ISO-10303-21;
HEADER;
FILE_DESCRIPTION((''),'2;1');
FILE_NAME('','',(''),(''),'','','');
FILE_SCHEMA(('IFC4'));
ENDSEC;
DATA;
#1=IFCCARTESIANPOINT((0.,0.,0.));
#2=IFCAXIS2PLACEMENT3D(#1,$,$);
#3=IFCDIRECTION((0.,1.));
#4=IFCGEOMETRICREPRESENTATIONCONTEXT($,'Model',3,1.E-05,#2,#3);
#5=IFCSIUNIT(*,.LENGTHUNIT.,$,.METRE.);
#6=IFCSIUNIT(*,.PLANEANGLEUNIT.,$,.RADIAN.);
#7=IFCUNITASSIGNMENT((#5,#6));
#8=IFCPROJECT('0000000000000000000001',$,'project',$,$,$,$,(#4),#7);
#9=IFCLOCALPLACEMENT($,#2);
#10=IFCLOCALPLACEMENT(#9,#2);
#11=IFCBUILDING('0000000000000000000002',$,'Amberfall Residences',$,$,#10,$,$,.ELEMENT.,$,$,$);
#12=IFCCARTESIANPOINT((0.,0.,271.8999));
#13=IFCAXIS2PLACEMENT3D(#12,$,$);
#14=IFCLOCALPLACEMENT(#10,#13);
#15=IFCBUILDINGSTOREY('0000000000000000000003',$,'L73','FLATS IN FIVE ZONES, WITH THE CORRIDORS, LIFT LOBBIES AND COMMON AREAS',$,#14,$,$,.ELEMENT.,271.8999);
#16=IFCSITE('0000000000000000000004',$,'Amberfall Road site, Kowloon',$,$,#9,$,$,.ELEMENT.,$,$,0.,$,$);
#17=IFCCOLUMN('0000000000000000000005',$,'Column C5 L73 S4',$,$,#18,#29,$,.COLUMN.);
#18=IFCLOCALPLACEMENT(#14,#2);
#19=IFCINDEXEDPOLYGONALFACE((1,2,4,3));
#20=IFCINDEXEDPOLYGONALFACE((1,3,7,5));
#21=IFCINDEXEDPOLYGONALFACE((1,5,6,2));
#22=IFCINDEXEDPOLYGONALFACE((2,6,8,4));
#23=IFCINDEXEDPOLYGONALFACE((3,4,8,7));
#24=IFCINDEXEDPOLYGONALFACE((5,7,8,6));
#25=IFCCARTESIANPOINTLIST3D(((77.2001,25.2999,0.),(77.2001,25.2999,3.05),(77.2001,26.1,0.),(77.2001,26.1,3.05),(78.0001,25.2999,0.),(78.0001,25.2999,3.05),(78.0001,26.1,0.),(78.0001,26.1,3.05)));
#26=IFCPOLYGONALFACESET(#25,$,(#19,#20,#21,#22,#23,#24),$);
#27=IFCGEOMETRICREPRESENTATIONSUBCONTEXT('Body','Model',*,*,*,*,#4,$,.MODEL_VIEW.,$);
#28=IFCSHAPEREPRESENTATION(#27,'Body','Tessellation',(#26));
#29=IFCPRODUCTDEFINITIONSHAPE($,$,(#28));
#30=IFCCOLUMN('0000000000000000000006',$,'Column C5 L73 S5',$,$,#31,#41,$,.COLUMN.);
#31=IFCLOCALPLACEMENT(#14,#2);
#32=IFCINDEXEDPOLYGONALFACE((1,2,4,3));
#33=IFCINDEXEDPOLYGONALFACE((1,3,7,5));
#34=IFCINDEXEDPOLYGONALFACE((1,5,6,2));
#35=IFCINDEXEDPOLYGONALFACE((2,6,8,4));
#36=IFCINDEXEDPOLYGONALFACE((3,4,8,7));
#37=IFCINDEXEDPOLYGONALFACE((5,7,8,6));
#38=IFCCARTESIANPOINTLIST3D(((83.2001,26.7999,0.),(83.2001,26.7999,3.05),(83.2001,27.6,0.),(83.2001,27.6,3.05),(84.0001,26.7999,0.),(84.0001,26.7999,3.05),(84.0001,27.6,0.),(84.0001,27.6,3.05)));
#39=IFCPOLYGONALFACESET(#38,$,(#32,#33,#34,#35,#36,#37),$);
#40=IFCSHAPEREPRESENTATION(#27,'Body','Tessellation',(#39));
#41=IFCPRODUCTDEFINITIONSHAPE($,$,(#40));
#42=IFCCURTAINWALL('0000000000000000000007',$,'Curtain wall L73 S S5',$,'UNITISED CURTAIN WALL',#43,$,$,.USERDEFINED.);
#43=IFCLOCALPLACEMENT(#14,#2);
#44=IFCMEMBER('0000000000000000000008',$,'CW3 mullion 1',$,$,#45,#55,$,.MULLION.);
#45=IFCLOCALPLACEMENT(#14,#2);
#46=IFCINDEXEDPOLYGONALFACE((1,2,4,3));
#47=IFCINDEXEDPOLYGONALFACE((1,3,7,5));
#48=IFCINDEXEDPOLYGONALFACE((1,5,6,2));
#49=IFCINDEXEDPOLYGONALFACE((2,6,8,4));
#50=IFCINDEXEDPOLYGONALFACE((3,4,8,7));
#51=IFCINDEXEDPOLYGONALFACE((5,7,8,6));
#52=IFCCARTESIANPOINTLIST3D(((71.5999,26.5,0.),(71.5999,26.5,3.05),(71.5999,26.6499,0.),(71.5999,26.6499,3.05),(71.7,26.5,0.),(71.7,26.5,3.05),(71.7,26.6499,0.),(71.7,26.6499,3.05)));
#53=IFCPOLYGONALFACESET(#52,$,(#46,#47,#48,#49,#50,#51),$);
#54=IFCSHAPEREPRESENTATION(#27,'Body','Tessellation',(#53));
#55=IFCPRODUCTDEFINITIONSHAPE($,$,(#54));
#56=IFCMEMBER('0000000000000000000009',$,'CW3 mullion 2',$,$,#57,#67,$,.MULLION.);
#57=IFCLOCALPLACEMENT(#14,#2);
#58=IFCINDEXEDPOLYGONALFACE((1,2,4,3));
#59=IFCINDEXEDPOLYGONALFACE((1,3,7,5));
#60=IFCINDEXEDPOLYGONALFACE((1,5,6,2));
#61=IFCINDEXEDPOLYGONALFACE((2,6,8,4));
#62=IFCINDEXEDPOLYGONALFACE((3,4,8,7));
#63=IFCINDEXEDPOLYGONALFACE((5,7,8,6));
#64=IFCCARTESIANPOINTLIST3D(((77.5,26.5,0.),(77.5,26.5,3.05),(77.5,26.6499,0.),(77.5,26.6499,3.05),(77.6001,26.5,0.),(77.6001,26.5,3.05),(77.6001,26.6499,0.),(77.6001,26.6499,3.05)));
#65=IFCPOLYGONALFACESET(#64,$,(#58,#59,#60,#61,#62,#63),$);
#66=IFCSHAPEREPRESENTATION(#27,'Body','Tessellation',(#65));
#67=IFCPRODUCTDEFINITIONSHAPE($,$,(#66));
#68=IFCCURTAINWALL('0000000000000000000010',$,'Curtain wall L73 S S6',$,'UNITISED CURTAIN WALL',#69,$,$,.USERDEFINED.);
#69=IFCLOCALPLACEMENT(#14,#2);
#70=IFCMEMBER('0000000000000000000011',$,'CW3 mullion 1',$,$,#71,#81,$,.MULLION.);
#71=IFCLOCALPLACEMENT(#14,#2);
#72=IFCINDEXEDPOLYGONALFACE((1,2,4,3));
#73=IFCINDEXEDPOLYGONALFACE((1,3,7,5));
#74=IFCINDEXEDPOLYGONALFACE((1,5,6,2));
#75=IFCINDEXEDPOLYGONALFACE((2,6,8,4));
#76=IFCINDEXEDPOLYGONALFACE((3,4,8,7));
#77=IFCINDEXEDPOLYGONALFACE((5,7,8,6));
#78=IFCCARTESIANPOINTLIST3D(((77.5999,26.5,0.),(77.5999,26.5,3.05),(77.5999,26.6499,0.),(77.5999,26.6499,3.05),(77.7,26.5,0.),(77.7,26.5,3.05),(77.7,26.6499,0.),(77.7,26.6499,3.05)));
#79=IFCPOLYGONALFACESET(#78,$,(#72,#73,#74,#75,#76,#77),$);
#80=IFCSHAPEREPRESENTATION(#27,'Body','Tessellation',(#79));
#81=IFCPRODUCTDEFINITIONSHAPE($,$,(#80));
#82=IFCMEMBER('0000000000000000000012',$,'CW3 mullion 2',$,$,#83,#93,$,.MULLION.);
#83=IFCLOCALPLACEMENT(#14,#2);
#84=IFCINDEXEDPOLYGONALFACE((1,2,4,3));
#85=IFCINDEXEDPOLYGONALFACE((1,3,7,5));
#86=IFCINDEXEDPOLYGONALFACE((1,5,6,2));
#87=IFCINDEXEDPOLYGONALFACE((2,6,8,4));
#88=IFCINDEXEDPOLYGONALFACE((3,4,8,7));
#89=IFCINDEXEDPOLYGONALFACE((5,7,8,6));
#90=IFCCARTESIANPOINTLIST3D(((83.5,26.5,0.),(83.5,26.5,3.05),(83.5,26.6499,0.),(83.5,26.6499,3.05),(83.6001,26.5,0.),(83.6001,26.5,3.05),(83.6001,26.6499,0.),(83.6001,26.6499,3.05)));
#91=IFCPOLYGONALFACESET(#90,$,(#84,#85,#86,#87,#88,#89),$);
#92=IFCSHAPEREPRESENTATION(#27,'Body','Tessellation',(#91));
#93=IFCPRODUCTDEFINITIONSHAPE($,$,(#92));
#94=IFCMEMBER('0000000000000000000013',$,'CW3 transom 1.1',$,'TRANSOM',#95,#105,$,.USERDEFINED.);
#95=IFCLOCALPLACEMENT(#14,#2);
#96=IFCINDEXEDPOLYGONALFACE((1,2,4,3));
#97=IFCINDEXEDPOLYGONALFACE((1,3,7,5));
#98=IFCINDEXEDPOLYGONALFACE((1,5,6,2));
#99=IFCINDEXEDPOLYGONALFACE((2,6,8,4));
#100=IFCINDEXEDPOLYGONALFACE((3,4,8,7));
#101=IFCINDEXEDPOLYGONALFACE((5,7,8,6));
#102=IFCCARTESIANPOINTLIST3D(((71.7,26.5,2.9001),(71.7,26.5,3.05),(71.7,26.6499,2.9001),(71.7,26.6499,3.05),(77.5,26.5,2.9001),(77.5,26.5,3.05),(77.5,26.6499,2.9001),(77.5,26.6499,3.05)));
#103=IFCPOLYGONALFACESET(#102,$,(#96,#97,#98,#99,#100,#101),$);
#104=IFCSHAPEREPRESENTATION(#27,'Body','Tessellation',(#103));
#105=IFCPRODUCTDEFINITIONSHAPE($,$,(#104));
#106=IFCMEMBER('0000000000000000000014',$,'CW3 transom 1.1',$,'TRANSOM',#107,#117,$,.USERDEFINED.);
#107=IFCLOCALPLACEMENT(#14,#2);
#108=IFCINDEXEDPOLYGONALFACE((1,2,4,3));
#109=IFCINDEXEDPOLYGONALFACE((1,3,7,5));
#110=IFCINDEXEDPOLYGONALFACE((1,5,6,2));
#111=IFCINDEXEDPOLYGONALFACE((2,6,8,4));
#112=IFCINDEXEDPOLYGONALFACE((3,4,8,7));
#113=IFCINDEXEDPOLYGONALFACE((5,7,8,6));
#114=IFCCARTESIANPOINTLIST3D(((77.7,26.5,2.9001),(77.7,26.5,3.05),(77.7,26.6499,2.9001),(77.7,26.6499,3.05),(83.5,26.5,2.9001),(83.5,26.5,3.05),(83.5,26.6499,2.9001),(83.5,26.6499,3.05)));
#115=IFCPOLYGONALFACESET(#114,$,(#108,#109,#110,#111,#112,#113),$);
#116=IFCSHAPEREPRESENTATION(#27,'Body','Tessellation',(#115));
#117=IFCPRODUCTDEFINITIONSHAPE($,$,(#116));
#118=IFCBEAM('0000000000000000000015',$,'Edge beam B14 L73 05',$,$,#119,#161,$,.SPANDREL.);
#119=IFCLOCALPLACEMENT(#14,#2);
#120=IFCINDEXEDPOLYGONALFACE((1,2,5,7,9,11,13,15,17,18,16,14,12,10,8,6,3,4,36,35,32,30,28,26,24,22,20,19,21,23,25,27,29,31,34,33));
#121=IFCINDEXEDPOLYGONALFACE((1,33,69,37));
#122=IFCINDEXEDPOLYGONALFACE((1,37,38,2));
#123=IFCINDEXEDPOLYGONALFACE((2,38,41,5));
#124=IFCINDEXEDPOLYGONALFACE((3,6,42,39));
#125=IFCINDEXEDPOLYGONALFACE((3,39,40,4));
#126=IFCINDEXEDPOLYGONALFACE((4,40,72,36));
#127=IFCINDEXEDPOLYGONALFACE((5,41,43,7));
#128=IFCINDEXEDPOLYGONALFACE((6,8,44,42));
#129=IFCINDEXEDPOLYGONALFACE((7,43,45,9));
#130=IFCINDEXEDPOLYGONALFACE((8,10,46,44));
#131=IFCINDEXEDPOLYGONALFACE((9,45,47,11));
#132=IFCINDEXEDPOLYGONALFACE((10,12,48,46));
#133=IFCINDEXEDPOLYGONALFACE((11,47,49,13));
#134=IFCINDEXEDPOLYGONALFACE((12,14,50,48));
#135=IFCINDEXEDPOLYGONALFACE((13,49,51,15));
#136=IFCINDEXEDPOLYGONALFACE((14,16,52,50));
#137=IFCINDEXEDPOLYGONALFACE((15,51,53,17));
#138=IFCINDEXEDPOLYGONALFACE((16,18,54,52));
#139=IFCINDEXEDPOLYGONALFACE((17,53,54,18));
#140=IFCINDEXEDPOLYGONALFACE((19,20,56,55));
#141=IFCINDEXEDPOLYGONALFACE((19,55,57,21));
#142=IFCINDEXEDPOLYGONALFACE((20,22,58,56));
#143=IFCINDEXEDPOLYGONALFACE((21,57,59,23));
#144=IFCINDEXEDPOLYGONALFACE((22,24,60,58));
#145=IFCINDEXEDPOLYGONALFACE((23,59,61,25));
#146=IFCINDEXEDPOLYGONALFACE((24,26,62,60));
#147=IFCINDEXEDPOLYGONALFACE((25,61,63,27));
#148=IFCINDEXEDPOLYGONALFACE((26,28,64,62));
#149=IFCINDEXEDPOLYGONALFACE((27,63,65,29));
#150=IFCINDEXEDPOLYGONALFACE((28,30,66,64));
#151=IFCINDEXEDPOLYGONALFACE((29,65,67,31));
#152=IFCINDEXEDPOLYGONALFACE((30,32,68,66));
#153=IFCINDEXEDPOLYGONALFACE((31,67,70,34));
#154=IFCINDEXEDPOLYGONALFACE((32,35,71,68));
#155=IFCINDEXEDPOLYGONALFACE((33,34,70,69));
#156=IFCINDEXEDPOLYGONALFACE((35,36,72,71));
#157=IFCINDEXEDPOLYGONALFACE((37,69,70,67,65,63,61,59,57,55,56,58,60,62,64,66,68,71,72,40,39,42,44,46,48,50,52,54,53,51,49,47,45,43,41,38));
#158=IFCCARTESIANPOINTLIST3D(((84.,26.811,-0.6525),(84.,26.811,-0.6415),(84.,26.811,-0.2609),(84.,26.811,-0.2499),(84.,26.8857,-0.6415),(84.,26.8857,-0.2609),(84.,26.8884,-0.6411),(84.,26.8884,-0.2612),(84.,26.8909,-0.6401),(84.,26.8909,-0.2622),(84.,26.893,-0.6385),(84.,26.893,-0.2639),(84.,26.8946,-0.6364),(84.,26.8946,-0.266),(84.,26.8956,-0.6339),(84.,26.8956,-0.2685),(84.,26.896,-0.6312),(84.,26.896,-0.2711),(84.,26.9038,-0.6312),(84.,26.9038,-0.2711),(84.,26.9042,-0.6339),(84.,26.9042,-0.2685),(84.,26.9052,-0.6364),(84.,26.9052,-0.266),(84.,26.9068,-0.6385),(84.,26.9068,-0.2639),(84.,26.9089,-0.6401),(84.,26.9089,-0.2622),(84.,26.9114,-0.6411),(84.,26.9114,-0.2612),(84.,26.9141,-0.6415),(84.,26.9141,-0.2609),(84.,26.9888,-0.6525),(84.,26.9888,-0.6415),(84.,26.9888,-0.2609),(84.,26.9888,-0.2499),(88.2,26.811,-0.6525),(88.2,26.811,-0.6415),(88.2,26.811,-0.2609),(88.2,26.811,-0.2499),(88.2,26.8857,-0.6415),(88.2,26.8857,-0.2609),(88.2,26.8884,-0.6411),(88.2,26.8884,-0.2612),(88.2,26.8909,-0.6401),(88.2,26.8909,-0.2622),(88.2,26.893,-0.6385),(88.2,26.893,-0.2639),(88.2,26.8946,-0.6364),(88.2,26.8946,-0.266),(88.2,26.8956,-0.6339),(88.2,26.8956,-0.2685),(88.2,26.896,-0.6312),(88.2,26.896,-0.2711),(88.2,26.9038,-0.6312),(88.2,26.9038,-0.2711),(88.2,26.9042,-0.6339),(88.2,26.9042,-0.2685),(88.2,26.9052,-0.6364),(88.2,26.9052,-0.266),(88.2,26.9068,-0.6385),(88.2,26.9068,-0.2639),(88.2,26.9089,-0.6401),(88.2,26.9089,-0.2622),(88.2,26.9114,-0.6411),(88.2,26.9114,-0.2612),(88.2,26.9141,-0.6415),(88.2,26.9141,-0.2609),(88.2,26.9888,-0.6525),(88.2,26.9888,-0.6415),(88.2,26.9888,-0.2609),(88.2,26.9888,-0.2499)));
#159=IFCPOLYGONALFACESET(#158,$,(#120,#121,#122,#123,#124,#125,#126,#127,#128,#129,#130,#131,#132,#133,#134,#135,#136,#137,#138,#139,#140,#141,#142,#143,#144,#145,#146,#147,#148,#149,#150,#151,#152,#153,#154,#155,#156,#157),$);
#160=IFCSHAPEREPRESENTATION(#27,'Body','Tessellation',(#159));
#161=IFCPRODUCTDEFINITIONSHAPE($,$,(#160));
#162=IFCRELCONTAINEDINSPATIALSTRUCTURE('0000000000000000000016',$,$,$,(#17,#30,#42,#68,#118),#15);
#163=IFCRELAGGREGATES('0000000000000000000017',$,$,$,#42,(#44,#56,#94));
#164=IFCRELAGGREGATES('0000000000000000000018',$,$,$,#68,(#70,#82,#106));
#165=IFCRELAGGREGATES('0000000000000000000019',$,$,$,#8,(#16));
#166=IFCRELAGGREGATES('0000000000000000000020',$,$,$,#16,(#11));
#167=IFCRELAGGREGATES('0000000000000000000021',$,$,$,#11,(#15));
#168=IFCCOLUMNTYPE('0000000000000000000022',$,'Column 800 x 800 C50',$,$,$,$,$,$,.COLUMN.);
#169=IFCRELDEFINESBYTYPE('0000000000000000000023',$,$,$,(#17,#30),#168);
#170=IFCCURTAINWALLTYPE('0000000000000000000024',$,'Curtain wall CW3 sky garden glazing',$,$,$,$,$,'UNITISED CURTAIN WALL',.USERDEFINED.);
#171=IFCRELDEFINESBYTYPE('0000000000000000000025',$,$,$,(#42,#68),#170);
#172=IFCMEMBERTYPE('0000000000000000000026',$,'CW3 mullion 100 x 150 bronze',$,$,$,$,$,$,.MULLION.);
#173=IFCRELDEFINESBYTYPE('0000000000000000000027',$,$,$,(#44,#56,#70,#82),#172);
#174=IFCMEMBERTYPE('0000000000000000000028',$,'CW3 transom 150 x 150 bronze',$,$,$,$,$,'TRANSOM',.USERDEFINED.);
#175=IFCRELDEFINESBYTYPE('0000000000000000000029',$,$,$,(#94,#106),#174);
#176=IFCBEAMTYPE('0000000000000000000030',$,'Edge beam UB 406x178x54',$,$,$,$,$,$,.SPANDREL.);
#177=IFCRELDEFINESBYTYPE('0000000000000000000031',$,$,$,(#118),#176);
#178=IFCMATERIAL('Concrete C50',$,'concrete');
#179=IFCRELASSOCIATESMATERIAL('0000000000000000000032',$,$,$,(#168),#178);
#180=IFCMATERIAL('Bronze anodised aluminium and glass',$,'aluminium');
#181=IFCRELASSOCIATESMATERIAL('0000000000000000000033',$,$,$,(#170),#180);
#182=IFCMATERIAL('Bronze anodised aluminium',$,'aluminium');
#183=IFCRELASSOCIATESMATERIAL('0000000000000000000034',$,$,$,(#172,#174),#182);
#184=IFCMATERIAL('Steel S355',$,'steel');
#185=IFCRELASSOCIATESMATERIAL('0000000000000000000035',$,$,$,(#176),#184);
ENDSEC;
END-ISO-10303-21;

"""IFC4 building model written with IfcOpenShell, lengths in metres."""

from ifc_helpers import new_model, si_unit, direction, frame, origin, origin_2d, place, context, subcontext, project, spatial, rectangle, i_section, extrude, material, material_profile, profile_set, type_object, element, aggregate, save


model = new_model("IFC4")

# Units and contexts
model_context = context("Model", 3, precision=1e-05, world=origin(), true_north=direction((0.0, 1.0)))
body_context = subcontext(model_context, "Body", "Model", "MODEL_VIEW")
ifc_project = project(units=[si_unit("LENGTHUNIT", "METRE"), si_unit("PLANEANGLEUNIT", "RADIAN")], contexts=[model_context])

# Site, building, storey
site_placement = place(None, origin())
site = spatial("IfcSite", under=ifc_project, at=site_placement, Name="Amberfall Road site, Kowloon", CompositionType="ELEMENT", RefElevation=0.0)
building_placement = place(site_placement, origin())
building = spatial("IfcBuilding", under=site, at=building_placement, Name="Amberfall Residences", CompositionType="ELEMENT")
storey_placement = place(building_placement, frame((0.0, 0.0, 271.8999)))
storey = spatial("IfcBuildingStorey", under=building, at=storey_placement, Name="L73", Description="FLATS IN FIVE ZONES, WITH THE CORRIDORS, LIFT LOBBIES AND COMMON AREAS", CompositionType="ELEMENT", Elevation=271.8999)

# Columns
ifc_material_1 = material(Name="Concrete C50", Category="concrete")
ifc_material_profile_1 = material_profile(ifc_material_1, rectangle(XDim=0.8, YDim=0.8, at=origin_2d()), Name="Column 800 x 800 C50")
ifc_profile_set_1 = profile_set([ifc_material_profile_1], Name="Concrete C50")
column_type = type_object("IfcColumnType", Name="Column 800 x 800 C50", PredefinedType="COLUMN", material=ifc_profile_set_1)
for number, where, z_axis, x_axis, name in (
    (1, (77.6001, 25.7, 0.0), (0.0, 0.0, 1.0), (1.0, 0.0, 0.0), "Column C5 L73 S4"),
    (2, (83.6001, 27.2, 0.0), (0.0, 0.0, 1.0), (1.0, 0.0, 0.0), "Column C5 L73 S5"),
):
    element("IfcColumn", number, at=place(storey_placement, frame(where, z_axis=z_axis, x_axis=x_axis)), inside=storey, type_object=column_type, Name=name, PredefinedType="COLUMN", context=body_context, shape_type="SweptSolid", body=[
        extrude(rectangle(XDim=0.8, YDim=0.8, at=origin_2d()), origin(), (0.0, 0.0, 1.0), 3.05),
    ])

# Curtain walls, members
ifc_material_2 = material(Name="Bronze anodised aluminium and glass", Category="aluminium")
curtain_wall_type = type_object("IfcCurtainWallType", Name="Curtain wall CW3 sky garden glazing", ElementType="UNITISED CURTAIN WALL", PredefinedType="USERDEFINED", material=ifc_material_2)
curtain_wall_1_placement = place(storey_placement, origin())
curtain_wall_1 = element("IfcCurtainWall", 3, at=curtain_wall_1_placement, inside=storey, type_object=curtain_wall_type, Name="Curtain wall L73 S S5", ObjectType="UNITISED CURTAIN WALL", PredefinedType="USERDEFINED")
ifc_material_3 = material(Name="Bronze anodised aluminium", Category="aluminium")
ifc_material_profile_2 = material_profile(ifc_material_3, rectangle(XDim=0.1499, YDim=0.1001, at=origin_2d()), Name="CW3 mullion 100 x 150 bronze")
ifc_profile_set_2 = profile_set([ifc_material_profile_2], Name="Bronze anodised aluminium")
member_type_1 = type_object("IfcMemberType", Name="CW3 mullion 100 x 150 bronze", PredefinedType="MULLION", material=ifc_profile_set_2)
member_1_placement = place(storey_placement, frame((71.6499, 26.575, 0.0), z_axis=(0.0, 0.0, 1.0), x_axis=(0.0, 1.0, 0.0)))
member_1 = element("IfcMember", 4, at=member_1_placement, type_object=member_type_1, Name="CW3 mullion 1", PredefinedType="MULLION", context=body_context, shape_type="SweptSolid", body=[
    extrude(rectangle(XDim=0.1499, YDim=0.1001, at=origin_2d()), origin(), (0.0, 0.0, 1.0), 3.05),
])
member_2_placement = place(storey_placement, frame((77.55, 26.575, 0.0), z_axis=(0.0, 0.0, 1.0), x_axis=(0.0, 1.0, 0.0)))
member_2 = element("IfcMember", 5, at=member_2_placement, type_object=member_type_1, Name="CW3 mullion 2", PredefinedType="MULLION", context=body_context, shape_type="SweptSolid", body=[
    extrude(rectangle(XDim=0.1499, YDim=0.1001, at=origin_2d()), origin(), (0.0, 0.0, 1.0), 3.05),
])
curtain_wall_2_placement = place(storey_placement, origin())
curtain_wall_2 = element("IfcCurtainWall", 6, at=curtain_wall_2_placement, inside=storey, type_object=curtain_wall_type, Name="Curtain wall L73 S S6", ObjectType="UNITISED CURTAIN WALL", PredefinedType="USERDEFINED")
member_3_placement = place(storey_placement, frame((77.6499, 26.575, 0.0), z_axis=(0.0, 0.0, 1.0), x_axis=(0.0, 1.0, 0.0)))
member_3 = element("IfcMember", 7, at=member_3_placement, type_object=member_type_1, Name="CW3 mullion 1", PredefinedType="MULLION", context=body_context, shape_type="SweptSolid", body=[
    extrude(rectangle(XDim=0.1499, YDim=0.1001, at=origin_2d()), origin(), (0.0, 0.0, 1.0), 3.05),
])
member_4_placement = place(storey_placement, frame((83.55, 26.575, 0.0), z_axis=(0.0, 0.0, 1.0), x_axis=(0.0, 1.0, 0.0)))
member_4 = element("IfcMember", 8, at=member_4_placement, type_object=member_type_1, Name="CW3 mullion 2", PredefinedType="MULLION", context=body_context, shape_type="SweptSolid", body=[
    extrude(rectangle(XDim=0.1499, YDim=0.1001, at=origin_2d()), origin(), (0.0, 0.0, 1.0), 3.05),
])

# Members
ifc_material_profile_3 = material_profile(ifc_material_3, rectangle(XDim=0.1499, YDim=0.1499, at=origin_2d()), Name="CW3 transom 150 x 150 bronze")
ifc_profile_set_3 = profile_set([ifc_material_profile_3], Name="Bronze anodised aluminium")
member_type_2 = type_object("IfcMemberType", Name="CW3 transom 150 x 150 bronze", ElementType="TRANSOM", PredefinedType="USERDEFINED", material=ifc_profile_set_3)
member_5_placement = place(storey_placement, frame((71.7, 26.575, 2.9751), z_axis=(1.0, 0.0, 0.0), x_axis=(0.0, 1.0, 0.0)))
member_5 = element("IfcMember", 9, at=member_5_placement, type_object=member_type_2, Name="CW3 transom 1.1", ObjectType="TRANSOM", PredefinedType="USERDEFINED", context=body_context, shape_type="SweptSolid", body=[
    extrude(rectangle(XDim=0.1499, YDim=0.1499, at=origin_2d()), origin(), (0.0, 0.0, 1.0), 5.8),
])
member_6_placement = place(storey_placement, frame((77.7, 26.575, 2.9751), z_axis=(1.0, 0.0, 0.0), x_axis=(0.0, 1.0, 0.0)))
member_6 = element("IfcMember", 10, at=member_6_placement, type_object=member_type_2, Name="CW3 transom 1.1", ObjectType="TRANSOM", PredefinedType="USERDEFINED", context=body_context, shape_type="SweptSolid", body=[
    extrude(rectangle(XDim=0.1499, YDim=0.1499, at=origin_2d()), origin(), (0.0, 0.0, 1.0), 5.8),
])

# Beam
ifc_material_4 = material(Name="Steel S355", Category="steel")
ifc_material_profile_4 = material_profile(ifc_material_4, i_section(OverallWidth=0.1777, OverallDepth=0.4026, WebThickness=0.0078, FlangeThickness=0.011, FilletRadius=0.0103, at=origin_2d()), Name="UB 406x178x54")
ifc_profile_set_4 = profile_set([ifc_material_profile_4], Name="Steel S355")
beam_type_1 = type_object("IfcBeamType", Name="Edge beam UB 406x178x54", PredefinedType="SPANDREL", material=ifc_profile_set_4)
beam_1_placement = place(storey_placement, frame((84.0, 26.8999, -0.4512), z_axis=(1.0, 0.0, 0.0), x_axis=(0.0, 1.0, 0.0)))
element("IfcBeam", 11, at=beam_1_placement, inside=storey, type_object=beam_type_1, Name="Edge beam B14 L73 05", PredefinedType="SPANDREL", context=body_context, shape_type="SweptSolid", body=[
    extrude(i_section(OverallWidth=0.1777, OverallDepth=0.4026, WebThickness=0.0078, FlangeThickness=0.011, FilletRadius=0.0103, at=origin_2d()), origin(), (0.0, 0.0, 1.0), 4.2),
])

aggregate(curtain_wall_1, [member_1, member_2, member_5])
aggregate(curtain_wall_2, [member_3, member_4, member_6])

save(model, "model.ifc")
